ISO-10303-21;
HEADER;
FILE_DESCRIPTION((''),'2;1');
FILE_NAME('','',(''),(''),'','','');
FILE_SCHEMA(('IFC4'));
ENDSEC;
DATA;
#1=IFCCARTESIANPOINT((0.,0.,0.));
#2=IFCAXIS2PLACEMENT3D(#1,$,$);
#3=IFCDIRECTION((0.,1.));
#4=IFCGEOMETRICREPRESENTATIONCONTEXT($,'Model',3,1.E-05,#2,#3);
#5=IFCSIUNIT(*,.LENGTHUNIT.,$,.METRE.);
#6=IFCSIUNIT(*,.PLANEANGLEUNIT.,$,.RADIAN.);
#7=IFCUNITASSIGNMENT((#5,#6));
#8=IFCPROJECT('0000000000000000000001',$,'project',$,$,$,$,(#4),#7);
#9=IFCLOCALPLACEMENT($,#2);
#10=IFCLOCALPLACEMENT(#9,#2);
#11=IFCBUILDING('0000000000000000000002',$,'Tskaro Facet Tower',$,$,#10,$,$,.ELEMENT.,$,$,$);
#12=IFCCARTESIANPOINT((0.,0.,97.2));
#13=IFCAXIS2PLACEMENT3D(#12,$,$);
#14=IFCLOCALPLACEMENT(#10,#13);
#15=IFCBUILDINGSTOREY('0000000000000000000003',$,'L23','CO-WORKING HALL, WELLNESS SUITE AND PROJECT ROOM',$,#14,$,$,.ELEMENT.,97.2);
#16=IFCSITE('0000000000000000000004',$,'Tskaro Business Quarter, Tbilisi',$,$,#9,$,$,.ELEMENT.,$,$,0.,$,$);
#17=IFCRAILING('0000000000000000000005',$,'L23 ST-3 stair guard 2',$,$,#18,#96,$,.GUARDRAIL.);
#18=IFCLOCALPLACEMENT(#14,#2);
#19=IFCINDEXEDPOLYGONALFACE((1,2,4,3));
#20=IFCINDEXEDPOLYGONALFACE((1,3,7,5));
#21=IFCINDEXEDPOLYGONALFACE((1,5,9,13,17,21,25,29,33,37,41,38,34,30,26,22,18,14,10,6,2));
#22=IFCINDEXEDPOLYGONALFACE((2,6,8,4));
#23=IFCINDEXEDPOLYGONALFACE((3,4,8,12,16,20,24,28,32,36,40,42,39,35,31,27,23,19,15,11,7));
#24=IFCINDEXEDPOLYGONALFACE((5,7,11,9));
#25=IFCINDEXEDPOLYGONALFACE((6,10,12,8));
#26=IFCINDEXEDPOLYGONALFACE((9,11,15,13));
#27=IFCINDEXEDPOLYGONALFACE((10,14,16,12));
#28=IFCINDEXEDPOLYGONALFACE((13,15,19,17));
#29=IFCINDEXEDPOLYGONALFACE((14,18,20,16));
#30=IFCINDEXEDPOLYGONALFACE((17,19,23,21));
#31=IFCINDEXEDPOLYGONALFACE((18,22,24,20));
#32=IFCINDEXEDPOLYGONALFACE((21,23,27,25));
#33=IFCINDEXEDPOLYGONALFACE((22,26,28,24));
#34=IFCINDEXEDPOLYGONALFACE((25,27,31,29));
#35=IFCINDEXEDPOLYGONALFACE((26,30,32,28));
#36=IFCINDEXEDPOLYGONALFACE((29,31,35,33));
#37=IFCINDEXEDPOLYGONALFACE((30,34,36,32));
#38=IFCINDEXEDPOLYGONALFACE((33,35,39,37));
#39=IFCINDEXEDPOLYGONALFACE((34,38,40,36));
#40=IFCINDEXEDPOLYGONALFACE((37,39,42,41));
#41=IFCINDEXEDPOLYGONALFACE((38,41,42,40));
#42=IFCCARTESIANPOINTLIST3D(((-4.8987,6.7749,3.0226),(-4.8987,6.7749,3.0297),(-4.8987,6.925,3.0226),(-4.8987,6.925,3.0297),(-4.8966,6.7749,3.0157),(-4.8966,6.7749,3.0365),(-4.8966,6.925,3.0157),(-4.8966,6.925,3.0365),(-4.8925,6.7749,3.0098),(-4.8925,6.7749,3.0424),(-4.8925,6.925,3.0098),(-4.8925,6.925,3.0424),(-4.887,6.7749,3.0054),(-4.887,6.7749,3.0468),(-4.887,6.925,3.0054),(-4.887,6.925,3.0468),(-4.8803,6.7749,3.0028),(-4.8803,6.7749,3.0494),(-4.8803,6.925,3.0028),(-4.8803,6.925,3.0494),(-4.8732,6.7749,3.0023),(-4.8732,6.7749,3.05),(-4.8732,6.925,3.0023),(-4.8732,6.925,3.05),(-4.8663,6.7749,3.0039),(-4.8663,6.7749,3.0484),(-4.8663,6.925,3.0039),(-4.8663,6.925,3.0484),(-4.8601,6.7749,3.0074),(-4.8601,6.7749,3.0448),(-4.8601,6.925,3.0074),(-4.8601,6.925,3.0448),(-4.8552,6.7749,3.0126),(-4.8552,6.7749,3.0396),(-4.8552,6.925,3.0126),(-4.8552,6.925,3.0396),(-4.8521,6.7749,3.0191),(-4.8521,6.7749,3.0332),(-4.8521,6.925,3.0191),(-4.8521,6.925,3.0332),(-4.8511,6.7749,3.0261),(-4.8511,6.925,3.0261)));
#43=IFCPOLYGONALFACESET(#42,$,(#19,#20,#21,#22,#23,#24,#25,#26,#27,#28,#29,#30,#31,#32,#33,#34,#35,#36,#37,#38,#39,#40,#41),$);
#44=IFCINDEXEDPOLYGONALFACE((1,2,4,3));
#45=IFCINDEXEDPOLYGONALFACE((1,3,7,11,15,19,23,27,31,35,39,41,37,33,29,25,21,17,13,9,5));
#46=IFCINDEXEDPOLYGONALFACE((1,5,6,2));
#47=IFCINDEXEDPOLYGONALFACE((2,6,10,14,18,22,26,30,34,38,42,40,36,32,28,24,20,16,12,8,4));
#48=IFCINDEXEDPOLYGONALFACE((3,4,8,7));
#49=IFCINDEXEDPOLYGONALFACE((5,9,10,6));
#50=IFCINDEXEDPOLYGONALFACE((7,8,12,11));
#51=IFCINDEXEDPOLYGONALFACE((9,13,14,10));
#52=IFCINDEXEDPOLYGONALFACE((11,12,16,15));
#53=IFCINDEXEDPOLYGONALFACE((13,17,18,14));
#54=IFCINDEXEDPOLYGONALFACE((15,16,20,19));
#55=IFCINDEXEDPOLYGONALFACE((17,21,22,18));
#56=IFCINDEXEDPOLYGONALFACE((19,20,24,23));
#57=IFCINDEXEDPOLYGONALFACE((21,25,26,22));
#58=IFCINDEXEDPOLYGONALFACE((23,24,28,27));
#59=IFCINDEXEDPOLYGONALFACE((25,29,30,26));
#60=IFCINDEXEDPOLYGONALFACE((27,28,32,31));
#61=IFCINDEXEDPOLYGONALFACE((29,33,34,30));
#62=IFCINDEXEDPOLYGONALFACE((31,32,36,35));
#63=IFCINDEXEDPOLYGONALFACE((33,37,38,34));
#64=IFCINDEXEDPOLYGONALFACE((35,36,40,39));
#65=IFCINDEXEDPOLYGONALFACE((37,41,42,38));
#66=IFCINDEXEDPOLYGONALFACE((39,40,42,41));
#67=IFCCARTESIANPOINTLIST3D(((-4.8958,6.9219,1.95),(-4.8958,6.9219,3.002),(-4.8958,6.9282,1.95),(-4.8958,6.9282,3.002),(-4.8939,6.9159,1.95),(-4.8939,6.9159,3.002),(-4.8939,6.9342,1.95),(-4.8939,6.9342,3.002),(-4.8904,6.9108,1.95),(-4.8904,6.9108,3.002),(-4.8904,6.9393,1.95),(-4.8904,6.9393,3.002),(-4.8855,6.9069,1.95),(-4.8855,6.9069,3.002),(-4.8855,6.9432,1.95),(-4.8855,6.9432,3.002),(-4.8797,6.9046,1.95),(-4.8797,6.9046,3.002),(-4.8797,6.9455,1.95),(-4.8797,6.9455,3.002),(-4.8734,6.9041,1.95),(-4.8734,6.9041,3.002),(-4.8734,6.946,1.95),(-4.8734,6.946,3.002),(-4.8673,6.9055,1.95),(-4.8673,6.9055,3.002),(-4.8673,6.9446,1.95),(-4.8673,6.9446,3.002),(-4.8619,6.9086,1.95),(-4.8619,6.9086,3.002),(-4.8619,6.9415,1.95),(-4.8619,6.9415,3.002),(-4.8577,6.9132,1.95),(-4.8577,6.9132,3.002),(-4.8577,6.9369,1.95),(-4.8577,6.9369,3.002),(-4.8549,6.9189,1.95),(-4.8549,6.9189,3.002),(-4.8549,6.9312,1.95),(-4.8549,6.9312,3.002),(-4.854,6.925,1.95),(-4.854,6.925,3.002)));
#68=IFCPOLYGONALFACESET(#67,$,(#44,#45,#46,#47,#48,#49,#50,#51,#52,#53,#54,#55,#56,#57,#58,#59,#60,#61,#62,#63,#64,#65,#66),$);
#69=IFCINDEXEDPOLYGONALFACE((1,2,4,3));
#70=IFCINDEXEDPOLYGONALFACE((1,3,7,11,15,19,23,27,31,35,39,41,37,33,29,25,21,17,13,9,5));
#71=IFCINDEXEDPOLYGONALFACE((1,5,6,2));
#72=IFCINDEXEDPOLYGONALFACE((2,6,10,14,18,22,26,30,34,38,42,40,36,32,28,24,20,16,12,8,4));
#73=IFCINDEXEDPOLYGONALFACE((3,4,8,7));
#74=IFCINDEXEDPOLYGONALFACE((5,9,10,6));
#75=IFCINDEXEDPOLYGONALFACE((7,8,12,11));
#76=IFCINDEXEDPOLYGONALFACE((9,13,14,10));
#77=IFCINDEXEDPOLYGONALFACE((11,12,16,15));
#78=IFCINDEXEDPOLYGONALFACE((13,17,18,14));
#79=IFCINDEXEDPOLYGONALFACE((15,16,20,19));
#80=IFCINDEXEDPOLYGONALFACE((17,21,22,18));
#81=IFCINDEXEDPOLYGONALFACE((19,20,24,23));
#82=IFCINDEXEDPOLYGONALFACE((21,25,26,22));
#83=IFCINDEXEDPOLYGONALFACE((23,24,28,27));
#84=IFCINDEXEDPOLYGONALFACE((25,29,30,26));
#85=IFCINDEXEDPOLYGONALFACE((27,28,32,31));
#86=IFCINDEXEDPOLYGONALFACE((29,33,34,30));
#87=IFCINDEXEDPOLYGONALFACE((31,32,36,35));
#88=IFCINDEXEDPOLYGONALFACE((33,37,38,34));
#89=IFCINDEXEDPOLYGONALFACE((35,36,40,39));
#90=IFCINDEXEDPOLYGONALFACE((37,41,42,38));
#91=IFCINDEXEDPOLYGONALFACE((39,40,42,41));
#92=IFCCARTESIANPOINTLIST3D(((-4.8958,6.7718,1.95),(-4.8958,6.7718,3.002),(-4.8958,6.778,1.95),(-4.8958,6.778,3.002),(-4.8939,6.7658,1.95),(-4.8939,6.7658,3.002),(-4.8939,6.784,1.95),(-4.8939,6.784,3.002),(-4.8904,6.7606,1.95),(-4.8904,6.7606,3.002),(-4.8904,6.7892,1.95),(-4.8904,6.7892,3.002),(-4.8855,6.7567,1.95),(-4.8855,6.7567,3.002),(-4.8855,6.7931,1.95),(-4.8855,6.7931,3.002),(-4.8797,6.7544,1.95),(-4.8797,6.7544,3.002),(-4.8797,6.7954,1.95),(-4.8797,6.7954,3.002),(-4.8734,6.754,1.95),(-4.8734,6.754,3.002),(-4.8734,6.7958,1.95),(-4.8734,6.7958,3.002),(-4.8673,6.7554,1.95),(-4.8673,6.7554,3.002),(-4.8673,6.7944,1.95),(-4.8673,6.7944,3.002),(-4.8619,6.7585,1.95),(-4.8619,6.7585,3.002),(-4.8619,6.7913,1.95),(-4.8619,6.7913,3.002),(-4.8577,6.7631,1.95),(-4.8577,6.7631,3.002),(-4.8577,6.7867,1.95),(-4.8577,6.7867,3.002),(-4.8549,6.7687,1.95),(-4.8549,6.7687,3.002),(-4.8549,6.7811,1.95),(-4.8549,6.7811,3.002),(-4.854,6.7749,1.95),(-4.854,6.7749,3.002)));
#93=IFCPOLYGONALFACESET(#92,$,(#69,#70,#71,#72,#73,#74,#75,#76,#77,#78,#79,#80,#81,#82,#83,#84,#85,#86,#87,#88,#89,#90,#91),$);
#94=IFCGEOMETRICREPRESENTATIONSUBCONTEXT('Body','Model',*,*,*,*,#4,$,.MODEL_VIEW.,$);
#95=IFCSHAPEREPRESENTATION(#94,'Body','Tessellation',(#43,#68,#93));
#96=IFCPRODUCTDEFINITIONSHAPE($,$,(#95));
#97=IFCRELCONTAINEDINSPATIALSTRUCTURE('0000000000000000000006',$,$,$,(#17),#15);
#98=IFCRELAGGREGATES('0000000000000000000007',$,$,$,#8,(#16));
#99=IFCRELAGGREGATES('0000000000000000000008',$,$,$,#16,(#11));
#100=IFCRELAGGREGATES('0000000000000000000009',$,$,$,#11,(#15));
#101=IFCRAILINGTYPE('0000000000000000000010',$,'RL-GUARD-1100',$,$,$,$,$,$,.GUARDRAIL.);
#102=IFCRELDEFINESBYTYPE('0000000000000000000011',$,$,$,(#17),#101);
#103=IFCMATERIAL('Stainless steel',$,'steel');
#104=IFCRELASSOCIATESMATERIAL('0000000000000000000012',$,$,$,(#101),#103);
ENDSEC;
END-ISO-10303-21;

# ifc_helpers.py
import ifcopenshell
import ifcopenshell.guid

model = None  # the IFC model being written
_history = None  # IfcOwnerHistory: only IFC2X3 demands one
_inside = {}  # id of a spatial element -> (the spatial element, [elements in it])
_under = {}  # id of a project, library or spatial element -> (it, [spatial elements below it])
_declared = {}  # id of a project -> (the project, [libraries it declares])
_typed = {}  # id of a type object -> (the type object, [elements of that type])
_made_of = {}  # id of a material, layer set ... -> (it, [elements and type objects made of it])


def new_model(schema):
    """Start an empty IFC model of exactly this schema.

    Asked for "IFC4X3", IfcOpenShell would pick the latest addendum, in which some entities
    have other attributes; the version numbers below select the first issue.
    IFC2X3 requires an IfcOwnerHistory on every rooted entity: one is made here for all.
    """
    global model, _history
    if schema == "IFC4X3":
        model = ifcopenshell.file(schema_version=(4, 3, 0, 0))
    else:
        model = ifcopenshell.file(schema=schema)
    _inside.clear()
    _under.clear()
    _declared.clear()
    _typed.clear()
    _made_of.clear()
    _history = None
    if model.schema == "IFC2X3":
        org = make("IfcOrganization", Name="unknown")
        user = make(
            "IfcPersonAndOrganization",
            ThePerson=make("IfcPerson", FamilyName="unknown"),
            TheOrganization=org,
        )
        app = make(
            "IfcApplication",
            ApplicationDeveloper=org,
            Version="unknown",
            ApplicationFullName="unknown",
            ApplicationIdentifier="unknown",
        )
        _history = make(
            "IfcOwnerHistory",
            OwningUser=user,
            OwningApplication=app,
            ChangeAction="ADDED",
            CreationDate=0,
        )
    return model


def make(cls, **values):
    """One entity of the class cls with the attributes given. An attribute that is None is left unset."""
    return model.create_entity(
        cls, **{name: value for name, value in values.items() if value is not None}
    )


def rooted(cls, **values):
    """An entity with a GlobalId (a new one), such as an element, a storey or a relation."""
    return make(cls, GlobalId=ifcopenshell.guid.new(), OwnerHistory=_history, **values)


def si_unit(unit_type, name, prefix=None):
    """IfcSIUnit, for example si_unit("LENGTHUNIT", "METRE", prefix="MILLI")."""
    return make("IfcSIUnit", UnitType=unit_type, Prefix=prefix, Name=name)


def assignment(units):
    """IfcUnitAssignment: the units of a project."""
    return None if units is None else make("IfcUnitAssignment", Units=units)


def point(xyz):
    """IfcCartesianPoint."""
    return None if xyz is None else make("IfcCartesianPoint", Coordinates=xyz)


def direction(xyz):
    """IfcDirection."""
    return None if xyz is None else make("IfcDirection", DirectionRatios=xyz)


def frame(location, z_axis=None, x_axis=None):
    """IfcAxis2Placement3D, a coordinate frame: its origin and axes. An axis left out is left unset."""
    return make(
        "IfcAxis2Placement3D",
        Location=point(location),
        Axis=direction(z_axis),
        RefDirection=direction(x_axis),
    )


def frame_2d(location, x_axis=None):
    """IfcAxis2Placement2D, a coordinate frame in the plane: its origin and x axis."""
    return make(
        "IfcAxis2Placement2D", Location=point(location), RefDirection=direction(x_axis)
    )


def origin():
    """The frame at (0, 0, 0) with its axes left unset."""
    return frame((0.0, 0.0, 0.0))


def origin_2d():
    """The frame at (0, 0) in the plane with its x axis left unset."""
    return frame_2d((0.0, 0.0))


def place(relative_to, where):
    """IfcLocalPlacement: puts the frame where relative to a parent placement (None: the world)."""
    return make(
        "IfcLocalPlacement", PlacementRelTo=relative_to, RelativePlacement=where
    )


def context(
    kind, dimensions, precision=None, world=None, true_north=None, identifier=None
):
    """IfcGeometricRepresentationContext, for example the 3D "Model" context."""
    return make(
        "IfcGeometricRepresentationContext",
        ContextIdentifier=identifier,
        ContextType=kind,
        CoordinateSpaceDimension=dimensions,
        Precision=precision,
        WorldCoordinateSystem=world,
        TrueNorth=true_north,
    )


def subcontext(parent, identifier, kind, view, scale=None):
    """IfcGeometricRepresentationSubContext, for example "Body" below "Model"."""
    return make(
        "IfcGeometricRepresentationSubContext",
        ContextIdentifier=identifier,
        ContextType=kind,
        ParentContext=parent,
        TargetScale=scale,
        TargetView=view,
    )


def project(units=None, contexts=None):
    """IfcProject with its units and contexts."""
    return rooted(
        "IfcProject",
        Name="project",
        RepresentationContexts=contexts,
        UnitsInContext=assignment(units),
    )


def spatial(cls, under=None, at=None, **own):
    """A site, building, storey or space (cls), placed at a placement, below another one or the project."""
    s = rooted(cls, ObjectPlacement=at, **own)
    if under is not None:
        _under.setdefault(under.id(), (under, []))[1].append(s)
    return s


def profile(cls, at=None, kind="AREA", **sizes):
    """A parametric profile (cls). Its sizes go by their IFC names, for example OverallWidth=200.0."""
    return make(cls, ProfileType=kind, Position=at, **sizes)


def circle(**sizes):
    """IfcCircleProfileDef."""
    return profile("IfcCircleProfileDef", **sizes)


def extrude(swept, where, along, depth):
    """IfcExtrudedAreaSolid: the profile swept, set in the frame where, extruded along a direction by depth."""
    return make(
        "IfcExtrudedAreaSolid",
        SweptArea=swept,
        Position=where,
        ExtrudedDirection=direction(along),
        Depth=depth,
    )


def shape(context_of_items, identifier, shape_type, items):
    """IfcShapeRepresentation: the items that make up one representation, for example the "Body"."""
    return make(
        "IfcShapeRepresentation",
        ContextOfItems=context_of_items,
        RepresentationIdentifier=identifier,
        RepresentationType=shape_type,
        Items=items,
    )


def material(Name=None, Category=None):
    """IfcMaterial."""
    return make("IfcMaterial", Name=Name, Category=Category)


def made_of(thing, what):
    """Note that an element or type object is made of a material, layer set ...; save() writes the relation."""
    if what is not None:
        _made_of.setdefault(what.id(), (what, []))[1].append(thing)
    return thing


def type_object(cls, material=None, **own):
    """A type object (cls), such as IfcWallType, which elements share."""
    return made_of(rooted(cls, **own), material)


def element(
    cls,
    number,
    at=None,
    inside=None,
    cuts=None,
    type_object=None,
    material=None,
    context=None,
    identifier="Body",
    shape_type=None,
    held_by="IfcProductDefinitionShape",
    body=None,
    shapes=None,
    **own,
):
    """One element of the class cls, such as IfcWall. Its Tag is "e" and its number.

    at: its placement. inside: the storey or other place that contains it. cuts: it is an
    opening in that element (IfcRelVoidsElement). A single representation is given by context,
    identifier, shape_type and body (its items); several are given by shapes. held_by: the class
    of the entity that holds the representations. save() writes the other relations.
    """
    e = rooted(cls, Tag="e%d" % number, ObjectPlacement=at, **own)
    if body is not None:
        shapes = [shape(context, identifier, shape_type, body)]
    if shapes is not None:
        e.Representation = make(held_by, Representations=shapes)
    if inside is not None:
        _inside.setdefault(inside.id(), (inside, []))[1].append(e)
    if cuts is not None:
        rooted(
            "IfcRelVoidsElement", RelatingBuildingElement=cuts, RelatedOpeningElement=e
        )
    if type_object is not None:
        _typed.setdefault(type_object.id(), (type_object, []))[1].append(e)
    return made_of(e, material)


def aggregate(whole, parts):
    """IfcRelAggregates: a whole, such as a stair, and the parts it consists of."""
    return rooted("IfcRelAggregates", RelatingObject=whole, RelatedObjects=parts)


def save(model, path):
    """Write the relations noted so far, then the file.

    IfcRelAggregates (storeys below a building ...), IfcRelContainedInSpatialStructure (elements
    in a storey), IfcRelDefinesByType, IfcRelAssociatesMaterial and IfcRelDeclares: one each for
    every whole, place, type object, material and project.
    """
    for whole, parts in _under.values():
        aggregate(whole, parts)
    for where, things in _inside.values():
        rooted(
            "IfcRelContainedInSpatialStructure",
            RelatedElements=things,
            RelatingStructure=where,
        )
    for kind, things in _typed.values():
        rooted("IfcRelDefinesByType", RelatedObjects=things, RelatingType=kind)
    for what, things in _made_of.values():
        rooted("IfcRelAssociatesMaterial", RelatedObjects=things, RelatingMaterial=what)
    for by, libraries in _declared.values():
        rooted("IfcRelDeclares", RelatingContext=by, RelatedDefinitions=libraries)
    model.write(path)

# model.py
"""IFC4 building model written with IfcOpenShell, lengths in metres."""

from ifc_helpers import new_model, si_unit, direction, frame, origin, origin_2d, place, context, subcontext, project, spatial, circle, extrude, material, type_object, element, save


model = new_model("IFC4")

# Units and contexts
model_context = context("Model", 3, precision=1e-05, world=origin(), true_north=direction((0.0, 1.0)))
body_context = subcontext(model_context, "Body", "Model", "MODEL_VIEW")
ifc_project = project(units=[si_unit("LENGTHUNIT", "METRE"), si_unit("PLANEANGLEUNIT", "RADIAN")], contexts=[model_context])

# Site, building, storey
site_placement = place(None, origin())
site = spatial("IfcSite", under=ifc_project, at=site_placement, Name="Tskaro Business Quarter, Tbilisi", CompositionType="ELEMENT", RefElevation=0.0)
building_placement = place(site_placement, origin())
building = spatial("IfcBuilding", under=site, at=building_placement, Name="Tskaro Facet Tower", CompositionType="ELEMENT")
storey_placement = place(building_placement, frame((0.0, 0.0, 97.2)))
storey = spatial("IfcBuildingStorey", under=building, at=storey_placement, Name="L23", Description="CO-WORKING HALL, WELLNESS SUITE AND PROJECT ROOM", CompositionType="ELEMENT", Elevation=97.2)

# Railing
ifc_material_1 = material(Name="Stainless steel", Category="steel")
railing_type_1 = type_object("IfcRailingType", Name="RL-GUARD-1100", PredefinedType="GUARDRAIL", material=ifc_material_1)
railing_1_placement = place(storey_placement, frame((-4.875, 6.925, 1.95)))
element("IfcRailing", 1, at=railing_1_placement, inside=storey, type_object=railing_type_1, Name="L23 ST-3 stair guard 2", PredefinedType="GUARDRAIL", context=body_context, shape_type="SweptSolid", body=[
    extrude(circle(Radius=0.0239, at=origin_2d()), frame((0.0, 0.0, 1.0762), z_axis=(0.0, -1.0, 0.0), x_axis=(1.0, 0.0, 0.0)), (0.0, 0.0, 1.0), 0.1501),
    extrude(circle(Radius=0.021, at=origin_2d()), origin(), (0.0, 0.0, 1.0), 1.052),
    extrude(circle(Radius=0.021, at=origin_2d()), frame((0.0, -0.1501, 0.0)), (0.0, 0.0, 1.0), 1.052),
])

save(model, "model.ifc")
